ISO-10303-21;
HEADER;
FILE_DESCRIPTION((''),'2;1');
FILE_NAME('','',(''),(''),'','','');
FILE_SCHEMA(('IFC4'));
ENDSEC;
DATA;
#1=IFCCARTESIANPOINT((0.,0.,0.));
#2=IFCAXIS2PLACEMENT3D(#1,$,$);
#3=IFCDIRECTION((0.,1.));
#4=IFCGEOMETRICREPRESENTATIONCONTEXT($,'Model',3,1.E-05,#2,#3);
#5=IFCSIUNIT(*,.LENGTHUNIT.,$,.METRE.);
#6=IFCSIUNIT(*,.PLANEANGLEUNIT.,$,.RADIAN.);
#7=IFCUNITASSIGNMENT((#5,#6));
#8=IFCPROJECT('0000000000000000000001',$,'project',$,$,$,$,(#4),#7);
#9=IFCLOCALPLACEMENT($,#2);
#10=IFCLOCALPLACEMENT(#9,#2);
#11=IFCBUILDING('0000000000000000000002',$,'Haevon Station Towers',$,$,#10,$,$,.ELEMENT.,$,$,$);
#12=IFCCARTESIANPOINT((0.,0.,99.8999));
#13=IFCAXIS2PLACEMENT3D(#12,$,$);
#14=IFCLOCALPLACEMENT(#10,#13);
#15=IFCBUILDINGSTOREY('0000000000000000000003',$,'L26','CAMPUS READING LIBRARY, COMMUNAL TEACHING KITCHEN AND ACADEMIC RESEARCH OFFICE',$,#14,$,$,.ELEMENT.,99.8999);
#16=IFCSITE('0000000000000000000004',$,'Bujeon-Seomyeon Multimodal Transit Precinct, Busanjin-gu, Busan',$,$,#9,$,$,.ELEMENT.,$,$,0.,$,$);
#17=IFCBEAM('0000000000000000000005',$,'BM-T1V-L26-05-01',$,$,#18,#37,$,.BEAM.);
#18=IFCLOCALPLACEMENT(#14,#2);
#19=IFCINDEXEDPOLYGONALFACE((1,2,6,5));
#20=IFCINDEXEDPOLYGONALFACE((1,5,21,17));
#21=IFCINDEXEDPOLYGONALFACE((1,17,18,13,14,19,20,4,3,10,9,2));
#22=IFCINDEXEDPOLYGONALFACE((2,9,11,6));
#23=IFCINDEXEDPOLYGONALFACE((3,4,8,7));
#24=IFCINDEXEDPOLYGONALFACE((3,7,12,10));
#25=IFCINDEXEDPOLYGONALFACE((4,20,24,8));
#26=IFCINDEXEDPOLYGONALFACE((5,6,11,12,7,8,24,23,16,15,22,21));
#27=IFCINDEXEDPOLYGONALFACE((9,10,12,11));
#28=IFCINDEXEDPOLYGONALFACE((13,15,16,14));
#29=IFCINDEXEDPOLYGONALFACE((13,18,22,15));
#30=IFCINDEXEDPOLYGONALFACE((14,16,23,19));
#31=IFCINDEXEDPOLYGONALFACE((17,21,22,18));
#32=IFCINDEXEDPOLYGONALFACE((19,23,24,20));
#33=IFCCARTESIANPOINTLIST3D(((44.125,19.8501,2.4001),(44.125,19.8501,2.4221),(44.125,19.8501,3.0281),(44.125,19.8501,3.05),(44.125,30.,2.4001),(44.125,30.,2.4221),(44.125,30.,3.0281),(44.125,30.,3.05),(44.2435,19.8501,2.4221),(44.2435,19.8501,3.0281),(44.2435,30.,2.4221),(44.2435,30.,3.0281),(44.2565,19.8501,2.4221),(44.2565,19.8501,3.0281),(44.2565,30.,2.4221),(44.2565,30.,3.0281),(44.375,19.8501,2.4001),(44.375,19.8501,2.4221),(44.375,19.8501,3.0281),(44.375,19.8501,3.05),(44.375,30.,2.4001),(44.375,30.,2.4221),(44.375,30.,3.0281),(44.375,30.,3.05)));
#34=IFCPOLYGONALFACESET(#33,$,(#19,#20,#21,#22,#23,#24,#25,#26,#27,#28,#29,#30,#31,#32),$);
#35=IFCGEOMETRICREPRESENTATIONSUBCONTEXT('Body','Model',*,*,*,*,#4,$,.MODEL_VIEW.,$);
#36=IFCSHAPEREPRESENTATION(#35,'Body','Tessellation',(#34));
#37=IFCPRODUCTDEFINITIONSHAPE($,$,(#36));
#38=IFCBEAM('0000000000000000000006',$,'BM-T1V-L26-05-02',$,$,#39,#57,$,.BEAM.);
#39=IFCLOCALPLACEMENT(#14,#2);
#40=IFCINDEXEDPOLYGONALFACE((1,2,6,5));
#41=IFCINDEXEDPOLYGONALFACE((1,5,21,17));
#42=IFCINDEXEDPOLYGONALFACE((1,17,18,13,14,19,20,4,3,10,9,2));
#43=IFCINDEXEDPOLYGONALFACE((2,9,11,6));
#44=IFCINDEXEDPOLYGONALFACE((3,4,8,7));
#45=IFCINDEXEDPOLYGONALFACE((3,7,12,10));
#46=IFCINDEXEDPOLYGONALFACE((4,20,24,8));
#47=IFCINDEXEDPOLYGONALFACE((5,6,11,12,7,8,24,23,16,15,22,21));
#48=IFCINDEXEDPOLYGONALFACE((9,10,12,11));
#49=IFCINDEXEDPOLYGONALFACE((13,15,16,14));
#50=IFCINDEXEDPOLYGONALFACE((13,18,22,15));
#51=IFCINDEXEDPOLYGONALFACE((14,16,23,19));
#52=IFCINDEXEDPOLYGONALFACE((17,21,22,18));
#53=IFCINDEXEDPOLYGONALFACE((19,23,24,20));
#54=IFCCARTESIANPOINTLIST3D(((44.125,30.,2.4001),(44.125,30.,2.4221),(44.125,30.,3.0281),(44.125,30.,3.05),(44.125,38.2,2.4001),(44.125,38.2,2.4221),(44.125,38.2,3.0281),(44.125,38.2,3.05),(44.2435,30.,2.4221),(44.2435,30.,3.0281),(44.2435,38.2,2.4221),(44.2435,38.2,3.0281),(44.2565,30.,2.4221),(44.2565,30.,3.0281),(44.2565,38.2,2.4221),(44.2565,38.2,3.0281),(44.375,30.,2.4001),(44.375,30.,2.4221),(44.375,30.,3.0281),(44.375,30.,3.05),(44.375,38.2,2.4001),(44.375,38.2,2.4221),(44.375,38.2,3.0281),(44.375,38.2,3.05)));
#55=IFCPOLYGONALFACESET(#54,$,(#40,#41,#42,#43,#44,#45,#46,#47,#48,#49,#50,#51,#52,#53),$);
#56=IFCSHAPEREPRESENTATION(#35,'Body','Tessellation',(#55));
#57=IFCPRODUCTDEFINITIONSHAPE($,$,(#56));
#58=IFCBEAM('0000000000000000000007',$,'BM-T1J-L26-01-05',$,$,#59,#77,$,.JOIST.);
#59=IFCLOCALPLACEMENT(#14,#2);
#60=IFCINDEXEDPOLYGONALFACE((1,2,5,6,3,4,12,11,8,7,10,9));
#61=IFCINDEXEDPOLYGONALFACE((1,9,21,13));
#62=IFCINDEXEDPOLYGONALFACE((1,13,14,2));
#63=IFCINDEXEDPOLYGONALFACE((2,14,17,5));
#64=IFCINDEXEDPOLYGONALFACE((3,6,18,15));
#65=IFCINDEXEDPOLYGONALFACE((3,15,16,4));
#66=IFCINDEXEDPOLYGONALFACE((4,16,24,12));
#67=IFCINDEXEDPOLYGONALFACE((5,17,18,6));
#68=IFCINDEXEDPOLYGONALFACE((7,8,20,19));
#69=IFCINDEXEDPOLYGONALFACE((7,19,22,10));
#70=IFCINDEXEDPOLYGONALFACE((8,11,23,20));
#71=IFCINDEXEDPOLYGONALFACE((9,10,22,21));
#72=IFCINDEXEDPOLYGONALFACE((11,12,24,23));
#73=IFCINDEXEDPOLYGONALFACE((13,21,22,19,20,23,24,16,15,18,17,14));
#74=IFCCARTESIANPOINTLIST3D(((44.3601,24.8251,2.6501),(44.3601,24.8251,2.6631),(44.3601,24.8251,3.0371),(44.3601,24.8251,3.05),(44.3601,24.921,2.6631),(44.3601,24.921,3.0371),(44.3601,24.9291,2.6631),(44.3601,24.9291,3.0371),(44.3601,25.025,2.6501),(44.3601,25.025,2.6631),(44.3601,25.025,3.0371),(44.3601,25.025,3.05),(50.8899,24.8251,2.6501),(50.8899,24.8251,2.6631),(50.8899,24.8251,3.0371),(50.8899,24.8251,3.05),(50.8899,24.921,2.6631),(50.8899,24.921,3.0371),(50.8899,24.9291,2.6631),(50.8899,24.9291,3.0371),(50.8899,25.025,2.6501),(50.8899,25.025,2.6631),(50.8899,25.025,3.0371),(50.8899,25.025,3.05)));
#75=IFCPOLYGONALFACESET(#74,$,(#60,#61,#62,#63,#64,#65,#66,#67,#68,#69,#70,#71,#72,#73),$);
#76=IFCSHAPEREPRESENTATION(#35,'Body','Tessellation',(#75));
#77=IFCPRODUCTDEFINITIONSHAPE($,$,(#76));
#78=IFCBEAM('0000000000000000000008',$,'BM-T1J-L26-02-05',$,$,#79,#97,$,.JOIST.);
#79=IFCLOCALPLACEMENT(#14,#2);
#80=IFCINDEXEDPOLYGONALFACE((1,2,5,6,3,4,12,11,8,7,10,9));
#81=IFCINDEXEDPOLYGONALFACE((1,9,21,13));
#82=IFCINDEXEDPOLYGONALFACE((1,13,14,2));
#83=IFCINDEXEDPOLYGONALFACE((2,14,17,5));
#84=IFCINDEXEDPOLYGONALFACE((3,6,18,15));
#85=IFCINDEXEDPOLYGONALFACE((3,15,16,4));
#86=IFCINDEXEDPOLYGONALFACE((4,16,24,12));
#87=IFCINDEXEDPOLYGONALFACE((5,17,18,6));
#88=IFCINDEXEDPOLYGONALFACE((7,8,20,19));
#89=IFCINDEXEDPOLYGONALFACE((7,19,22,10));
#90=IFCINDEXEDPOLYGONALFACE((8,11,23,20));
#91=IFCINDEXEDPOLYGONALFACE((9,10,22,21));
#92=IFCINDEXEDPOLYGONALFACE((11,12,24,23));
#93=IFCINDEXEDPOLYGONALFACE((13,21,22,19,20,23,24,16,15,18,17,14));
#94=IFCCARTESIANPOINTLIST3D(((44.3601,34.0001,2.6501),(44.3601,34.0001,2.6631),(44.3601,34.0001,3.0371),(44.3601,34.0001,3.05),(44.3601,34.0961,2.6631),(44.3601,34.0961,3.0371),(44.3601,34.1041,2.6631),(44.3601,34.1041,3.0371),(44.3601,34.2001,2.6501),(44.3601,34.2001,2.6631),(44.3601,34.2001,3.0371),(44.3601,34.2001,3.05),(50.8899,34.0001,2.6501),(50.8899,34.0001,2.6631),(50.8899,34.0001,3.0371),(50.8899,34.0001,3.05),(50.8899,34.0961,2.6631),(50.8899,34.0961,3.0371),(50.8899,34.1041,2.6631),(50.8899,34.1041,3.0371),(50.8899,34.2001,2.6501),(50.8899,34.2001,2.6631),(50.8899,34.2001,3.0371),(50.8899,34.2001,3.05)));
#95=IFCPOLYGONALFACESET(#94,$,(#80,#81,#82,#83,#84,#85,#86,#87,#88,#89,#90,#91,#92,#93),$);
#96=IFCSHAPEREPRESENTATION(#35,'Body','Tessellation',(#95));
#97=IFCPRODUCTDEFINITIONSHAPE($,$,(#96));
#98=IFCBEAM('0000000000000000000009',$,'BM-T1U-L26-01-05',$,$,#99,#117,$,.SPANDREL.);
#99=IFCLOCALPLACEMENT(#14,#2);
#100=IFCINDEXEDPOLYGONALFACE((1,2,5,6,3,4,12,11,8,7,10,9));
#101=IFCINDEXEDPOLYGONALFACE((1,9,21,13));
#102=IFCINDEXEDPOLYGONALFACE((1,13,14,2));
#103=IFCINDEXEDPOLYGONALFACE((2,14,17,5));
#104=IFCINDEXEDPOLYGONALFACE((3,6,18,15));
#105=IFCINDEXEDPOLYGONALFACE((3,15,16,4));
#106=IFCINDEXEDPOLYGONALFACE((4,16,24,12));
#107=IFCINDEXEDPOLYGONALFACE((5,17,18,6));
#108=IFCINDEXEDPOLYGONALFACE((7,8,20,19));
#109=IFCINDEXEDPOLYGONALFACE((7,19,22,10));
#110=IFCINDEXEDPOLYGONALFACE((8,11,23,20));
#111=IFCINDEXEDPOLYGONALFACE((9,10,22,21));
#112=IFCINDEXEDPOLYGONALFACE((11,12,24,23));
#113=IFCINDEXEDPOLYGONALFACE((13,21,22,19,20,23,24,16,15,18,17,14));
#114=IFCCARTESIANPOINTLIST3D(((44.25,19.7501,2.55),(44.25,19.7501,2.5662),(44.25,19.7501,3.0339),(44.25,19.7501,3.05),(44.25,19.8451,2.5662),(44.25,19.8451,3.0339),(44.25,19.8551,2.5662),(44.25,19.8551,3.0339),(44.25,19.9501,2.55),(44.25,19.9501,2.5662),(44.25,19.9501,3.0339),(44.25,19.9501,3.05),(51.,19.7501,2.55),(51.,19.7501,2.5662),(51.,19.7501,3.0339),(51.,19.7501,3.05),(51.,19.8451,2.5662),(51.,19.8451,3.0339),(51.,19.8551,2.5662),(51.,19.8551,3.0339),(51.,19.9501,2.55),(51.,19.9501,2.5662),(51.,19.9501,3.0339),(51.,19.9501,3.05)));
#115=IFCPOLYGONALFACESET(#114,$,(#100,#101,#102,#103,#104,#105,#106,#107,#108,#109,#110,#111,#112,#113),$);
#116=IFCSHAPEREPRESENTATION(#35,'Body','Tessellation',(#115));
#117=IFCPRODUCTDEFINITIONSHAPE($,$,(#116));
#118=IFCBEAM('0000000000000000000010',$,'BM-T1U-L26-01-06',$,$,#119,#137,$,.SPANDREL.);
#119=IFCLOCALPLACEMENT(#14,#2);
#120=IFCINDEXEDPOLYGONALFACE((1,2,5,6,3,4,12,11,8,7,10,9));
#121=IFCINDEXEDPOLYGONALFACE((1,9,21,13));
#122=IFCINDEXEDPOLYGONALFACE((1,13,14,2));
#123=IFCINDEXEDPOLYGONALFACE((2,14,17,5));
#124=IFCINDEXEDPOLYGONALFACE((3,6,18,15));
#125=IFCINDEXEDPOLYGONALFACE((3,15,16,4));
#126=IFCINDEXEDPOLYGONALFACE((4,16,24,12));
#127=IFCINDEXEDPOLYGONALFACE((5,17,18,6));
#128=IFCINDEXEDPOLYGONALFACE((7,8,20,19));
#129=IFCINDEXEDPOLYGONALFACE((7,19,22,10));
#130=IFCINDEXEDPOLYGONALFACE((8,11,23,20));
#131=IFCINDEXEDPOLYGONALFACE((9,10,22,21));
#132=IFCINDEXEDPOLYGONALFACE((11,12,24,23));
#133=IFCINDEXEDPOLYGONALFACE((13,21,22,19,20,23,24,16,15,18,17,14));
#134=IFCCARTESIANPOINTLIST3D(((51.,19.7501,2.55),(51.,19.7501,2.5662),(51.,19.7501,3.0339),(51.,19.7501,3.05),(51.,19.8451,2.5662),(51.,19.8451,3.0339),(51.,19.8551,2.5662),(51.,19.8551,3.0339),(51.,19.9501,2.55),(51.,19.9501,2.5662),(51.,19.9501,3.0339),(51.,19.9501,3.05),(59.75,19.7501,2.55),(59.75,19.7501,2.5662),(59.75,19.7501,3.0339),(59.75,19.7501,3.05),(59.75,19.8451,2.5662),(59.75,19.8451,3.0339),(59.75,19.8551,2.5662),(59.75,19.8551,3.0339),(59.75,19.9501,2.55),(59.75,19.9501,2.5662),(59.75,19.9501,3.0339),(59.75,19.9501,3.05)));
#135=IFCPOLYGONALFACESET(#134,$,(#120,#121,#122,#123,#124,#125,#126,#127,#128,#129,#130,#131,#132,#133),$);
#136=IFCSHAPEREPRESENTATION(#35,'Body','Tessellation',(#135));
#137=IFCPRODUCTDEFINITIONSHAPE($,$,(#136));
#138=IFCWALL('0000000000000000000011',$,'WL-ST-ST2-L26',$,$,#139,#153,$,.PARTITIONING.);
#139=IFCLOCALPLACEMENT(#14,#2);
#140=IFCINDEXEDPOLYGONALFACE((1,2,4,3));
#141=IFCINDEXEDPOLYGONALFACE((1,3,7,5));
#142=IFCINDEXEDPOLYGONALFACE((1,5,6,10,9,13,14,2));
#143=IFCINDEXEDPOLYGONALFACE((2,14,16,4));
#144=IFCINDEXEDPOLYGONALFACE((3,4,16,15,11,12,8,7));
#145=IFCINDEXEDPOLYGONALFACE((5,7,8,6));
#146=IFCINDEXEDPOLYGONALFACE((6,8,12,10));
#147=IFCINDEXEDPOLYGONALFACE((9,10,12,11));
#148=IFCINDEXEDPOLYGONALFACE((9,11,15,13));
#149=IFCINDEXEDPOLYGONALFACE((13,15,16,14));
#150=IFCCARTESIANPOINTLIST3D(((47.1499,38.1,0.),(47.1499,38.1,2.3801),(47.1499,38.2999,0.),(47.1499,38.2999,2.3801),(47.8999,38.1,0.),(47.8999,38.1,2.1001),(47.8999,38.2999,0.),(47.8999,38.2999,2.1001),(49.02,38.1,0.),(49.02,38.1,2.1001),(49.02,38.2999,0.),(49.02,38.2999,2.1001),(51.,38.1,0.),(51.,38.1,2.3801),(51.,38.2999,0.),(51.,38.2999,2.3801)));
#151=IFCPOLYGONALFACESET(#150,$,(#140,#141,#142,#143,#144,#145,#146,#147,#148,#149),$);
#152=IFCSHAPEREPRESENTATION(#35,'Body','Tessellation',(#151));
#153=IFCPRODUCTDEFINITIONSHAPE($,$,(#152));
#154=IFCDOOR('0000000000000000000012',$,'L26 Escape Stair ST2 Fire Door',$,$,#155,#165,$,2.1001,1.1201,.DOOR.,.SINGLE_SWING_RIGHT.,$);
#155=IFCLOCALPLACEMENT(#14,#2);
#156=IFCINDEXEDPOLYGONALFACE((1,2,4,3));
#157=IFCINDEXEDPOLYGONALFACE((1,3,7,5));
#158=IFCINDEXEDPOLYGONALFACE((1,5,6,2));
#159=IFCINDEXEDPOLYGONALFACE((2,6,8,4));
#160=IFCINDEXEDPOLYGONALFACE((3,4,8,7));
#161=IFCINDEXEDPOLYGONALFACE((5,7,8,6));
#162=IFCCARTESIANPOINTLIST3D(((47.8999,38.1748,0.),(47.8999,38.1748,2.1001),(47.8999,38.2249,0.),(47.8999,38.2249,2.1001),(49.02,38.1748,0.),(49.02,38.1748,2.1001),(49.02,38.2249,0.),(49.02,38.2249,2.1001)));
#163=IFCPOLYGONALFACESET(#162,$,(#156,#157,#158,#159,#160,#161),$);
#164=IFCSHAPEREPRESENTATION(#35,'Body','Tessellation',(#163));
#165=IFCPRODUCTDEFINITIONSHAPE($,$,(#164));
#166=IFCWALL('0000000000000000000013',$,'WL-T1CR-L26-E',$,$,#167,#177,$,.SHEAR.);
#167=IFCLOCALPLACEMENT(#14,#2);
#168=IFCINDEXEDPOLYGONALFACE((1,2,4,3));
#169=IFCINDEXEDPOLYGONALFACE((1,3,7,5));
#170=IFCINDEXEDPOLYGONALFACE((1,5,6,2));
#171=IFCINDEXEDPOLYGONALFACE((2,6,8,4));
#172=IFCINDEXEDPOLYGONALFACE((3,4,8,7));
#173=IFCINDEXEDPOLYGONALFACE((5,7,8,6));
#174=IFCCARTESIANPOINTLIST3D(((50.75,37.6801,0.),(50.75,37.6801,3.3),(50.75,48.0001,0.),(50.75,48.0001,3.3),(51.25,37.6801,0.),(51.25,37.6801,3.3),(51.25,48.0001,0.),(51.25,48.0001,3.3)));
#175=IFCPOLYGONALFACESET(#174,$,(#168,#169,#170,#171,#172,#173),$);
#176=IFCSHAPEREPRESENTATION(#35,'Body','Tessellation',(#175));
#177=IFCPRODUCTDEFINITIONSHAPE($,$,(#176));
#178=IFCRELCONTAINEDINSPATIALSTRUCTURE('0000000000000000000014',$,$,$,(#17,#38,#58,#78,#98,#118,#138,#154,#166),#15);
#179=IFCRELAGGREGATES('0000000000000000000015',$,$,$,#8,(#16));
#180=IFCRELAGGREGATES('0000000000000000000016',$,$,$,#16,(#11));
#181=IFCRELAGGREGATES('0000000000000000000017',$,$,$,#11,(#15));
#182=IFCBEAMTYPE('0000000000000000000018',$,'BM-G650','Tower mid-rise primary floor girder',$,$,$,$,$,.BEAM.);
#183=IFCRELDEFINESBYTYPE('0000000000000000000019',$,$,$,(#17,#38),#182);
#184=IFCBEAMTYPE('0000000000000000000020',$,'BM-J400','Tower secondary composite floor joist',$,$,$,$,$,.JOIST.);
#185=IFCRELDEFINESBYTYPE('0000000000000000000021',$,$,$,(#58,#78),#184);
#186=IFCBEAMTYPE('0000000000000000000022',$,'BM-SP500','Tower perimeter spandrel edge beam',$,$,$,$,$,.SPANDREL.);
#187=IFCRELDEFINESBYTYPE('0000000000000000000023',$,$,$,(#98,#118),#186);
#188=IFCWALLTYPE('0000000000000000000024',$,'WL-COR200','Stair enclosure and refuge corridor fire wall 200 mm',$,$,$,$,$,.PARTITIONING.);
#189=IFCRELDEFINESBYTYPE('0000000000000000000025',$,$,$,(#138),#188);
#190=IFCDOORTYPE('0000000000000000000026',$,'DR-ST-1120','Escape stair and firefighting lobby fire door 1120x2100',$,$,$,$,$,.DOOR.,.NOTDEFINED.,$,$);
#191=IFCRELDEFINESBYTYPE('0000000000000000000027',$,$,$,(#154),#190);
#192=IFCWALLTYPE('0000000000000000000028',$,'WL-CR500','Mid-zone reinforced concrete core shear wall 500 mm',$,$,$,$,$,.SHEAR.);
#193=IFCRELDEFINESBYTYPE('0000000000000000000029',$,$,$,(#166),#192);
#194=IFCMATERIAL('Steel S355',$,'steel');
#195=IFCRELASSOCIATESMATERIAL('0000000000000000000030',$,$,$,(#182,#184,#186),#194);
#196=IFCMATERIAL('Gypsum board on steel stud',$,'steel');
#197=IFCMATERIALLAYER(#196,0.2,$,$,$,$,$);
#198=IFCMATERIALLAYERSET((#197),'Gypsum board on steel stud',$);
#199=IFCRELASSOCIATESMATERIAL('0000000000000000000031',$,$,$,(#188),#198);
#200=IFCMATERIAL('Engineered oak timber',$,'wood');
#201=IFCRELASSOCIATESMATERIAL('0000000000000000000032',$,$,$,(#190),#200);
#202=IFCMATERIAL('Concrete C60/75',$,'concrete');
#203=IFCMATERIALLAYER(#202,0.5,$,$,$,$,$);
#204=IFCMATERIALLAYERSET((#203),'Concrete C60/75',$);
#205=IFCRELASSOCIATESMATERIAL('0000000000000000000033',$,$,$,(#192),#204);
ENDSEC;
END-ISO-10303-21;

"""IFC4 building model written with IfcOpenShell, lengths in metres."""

from ifc_helpers import new_model, si_unit, direction, frame, frame_2d, origin, origin_2d, place, context, subcontext, project, spatial, rectangle, i_section, extrude, material, layer, layer_set, material_profile, profile_set, type_object, element, fill, save


model = new_model("IFC4")

# Units and contexts
model_context = context("Model", 3, precision=1e-05, world=origin(), true_north=direction((0.0, 1.0)))
body_context = subcontext(model_context, "Body", "Model", "MODEL_VIEW")
ifc_project = project(units=[si_unit("LENGTHUNIT", "METRE"), si_unit("PLANEANGLEUNIT", "RADIAN")], contexts=[model_context])

# Site, building, storey
site_placement = place(None, origin())
site = spatial("IfcSite", under=ifc_project, at=site_placement, Name="Bujeon-Seomyeon Multimodal Transit Precinct, Busanjin-gu, Busan", CompositionType="ELEMENT", RefElevation=0.0)
building_placement = place(site_placement, origin())
building = spatial("IfcBuilding", under=site, at=building_placement, Name="Haevon Station Towers", CompositionType="ELEMENT")
storey_placement = place(building_placement, frame((0.0, 0.0, 99.8999)))
storey = spatial("IfcBuildingStorey", under=building, at=storey_placement, Name="L26", Description="CAMPUS READING LIBRARY, COMMUNAL TEACHING KITCHEN AND ACADEMIC RESEARCH OFFICE", CompositionType="ELEMENT", Elevation=99.8999)

# Beams
ifc_material_1 = material(Name="Steel S355", Category="steel")
ifc_material_profile_1 = material_profile(ifc_material_1, i_section(OverallWidth=0.25, OverallDepth=0.6499, WebThickness=0.0129, FlangeThickness=0.022, at=origin_2d()), Name="H-650x250x13x22")
ifc_profile_set_1 = profile_set([ifc_material_profile_1], Name="Steel S355")
beam_type_1 = type_object("IfcBeamType", Name="BM-G650", Description="Tower mid-rise primary floor girder", PredefinedType="BEAM", material=ifc_profile_set_1)
beam_1_placement = place(storey_placement, frame((44.25, 19.8501, 2.7251), z_axis=(0.0, 1.0, 0.0), x_axis=(-1.0, 0.0, 0.0)))
element("IfcBeam", 1, at=beam_1_placement, inside=storey, type_object=beam_type_1, Name="BM-T1V-L26-05-01", PredefinedType="BEAM", context=body_context, shape_type="SweptSolid", body=[
    extrude(i_section(OverallWidth=0.25, OverallDepth=0.6499, WebThickness=0.0129, FlangeThickness=0.022, at=origin_2d()), origin(), (0.0, 0.0, 1.0), 10.1499),
])
beam_2_placement = place(storey_placement, frame((44.25, 30.0, 2.7251), z_axis=(0.0, 1.0, 0.0), x_axis=(-1.0, 0.0, 0.0)))
element("IfcBeam", 2, at=beam_2_placement, inside=storey, type_object=beam_type_1, Name="BM-T1V-L26-05-02", PredefinedType="BEAM", context=body_context, shape_type="SweptSolid", body=[
    extrude(i_section(OverallWidth=0.25, OverallDepth=0.6499, WebThickness=0.0129, FlangeThickness=0.022, at=origin_2d()), origin(), (0.0, 0.0, 1.0), 8.2),
])
ifc_material_profile_2 = material_profile(ifc_material_1, i_section(OverallWidth=0.2, OverallDepth=0.3999, WebThickness=0.0081, FlangeThickness=0.0129, at=origin_2d()), Name="H-400x200x8x13")
ifc_profile_set_2 = profile_set([ifc_material_profile_2], Name="Steel S355")
beam_type_2 = type_object("IfcBeamType", Name="BM-J400", Description="Tower secondary composite floor joist", PredefinedType="JOIST", material=ifc_profile_set_2)
for number, where, z_axis, x_axis, name in (
    (3, (44.3601, 24.925, 2.8501), (1.0, 0.0, 0.0), (0.0, 1.0, 0.0), "BM-T1J-L26-01-05"),
    (4, (44.3601, 34.1001, 2.8501), (1.0, 0.0, 0.0), (0.0, 1.0, 0.0), "BM-T1J-L26-02-05"),
):
    element("IfcBeam", number, at=place(storey_placement, frame(where, z_axis=z_axis, x_axis=x_axis)), inside=storey, type_object=beam_type_2, Name=name, PredefinedType="JOIST", context=body_context, shape_type="SweptSolid", body=[
        extrude(i_section(OverallWidth=0.2, OverallDepth=0.3999, WebThickness=0.0081, FlangeThickness=0.0129, at=origin_2d()), origin(), (0.0, 0.0, 1.0), 6.5298),
    ])
ifc_material_profile_3 = material_profile(ifc_material_1, i_section(OverallWidth=0.2, OverallDepth=0.5, WebThickness=0.01, FlangeThickness=0.0161, at=origin_2d()), Name="H-500x200x10x16")
ifc_profile_set_3 = profile_set([ifc_material_profile_3], Name="Steel S355")
beam_type_3 = type_object("IfcBeamType", Name="BM-SP500", Description="Tower perimeter spandrel edge beam", PredefinedType="SPANDREL", material=ifc_profile_set_3)
beam_3_placement = place(storey_placement, frame((44.25, 19.8501, 2.8), z_axis=(1.0, 0.0, 0.0), x_axis=(0.0, 1.0, 0.0)))
element("IfcBeam", 5, at=beam_3_placement, inside=storey, type_object=beam_type_3, Name="BM-T1U-L26-01-05", PredefinedType="SPANDREL", context=body_context, shape_type="SweptSolid", body=[
    extrude(i_section(OverallWidth=0.2, OverallDepth=0.5, WebThickness=0.01, FlangeThickness=0.0161, at=origin_2d()), origin(), (0.0, 0.0, 1.0), 6.75),
])
beam_4_placement = place(storey_placement, frame((51.0, 19.8501, 2.8), z_axis=(1.0, 0.0, 0.0), x_axis=(0.0, 1.0, 0.0)))
element("IfcBeam", 6, at=beam_4_placement, inside=storey, type_object=beam_type_3, Name="BM-T1U-L26-01-06", PredefinedType="SPANDREL", context=body_context, shape_type="SweptSolid", body=[
    extrude(i_section(OverallWidth=0.2, OverallDepth=0.5, WebThickness=0.01, FlangeThickness=0.0161, at=origin_2d()), origin(), (0.0, 0.0, 1.0), 8.75),
])

# Wall, opening, door
ifc_material_2 = material(Name="Gypsum board on steel stud", Category="steel")
ifc_layer_1 = layer(ifc_material_2, 0.2)
ifc_layer_set_1 = layer_set([ifc_layer_1], Name="Gypsum board on steel stud")
wall_type_1 = type_object("IfcWallType", Name="WL-COR200", Description="Stair enclosure and refuge corridor fire wall 200 mm", PredefinedType="PARTITIONING", material=ifc_layer_set_1)
wall_1_placement = place(storey_placement, frame((47.1499, 38.2, 0.0), z_axis=(0.0, 0.0, 1.0), x_axis=(1.0, 0.0, 0.0)))
wall_1 = element("IfcWall", 7, at=wall_1_placement, inside=storey, type_object=wall_type_1, Name="WL-ST-ST2-L26", PredefinedType="PARTITIONING", context=body_context, shape_type="SweptSolid", body=[
    extrude(rectangle(XDim=3.8501, YDim=0.2, at=frame_2d((1.925, 0.0))), origin(), (0.0, 0.0, 1.0), 2.3801),
])
opening_placement = place(wall_1_placement, frame((0.75, 0.0, 0.0)))
opening = element("IfcOpeningElement", 8, at=opening_placement, cuts=wall_1, PredefinedType="OPENING", context=body_context, shape_type="SweptSolid", body=[
    extrude(rectangle(XDim=1.1201, YDim=2.1001, at=frame_2d((0.5601, 1.05))), frame((0.0, 0.1099, 0.0), z_axis=(0.0, -1.0, 0.0), x_axis=(1.0, 0.0, 0.0)), (0.0, 0.0, 1.0), 0.22),
])
ifc_material_3 = material(Name="Engineered oak timber", Category="wood")
door_type = type_object("IfcDoorType", Name="DR-ST-1120", Description="Escape stair and firefighting lobby fire door 1120x2100", OperationType="NOTDEFINED", PredefinedType="DOOR", material=ifc_material_3)
door_placement = place(opening_placement, origin())
door = element("IfcDoor", 9, at=door_placement, inside=storey, type_object=door_type, Name="L26 Escape Stair ST2 Fire Door", OperationType="SINGLE_SWING_RIGHT", OverallHeight=2.1001, OverallWidth=1.1201, PredefinedType="DOOR", context=body_context, shape_type="SweptSolid", body=[
    extrude(rectangle(XDim=1.1201, YDim=2.1001, at=frame_2d((0.5601, 1.05))), frame((0.0, 0.0249, 0.0), z_axis=(0.0, -1.0, 0.0), x_axis=(1.0, 0.0, 0.0)), (0.0, 0.0, 1.0), 0.05),
])
fill(opening, door)

# Wall
ifc_material_4 = material(Name="Concrete C60/75", Category="concrete")
ifc_layer_2 = layer(ifc_material_4, 0.5)
ifc_layer_set_2 = layer_set([ifc_layer_2], Name="Concrete C60/75")
wall_type_2 = type_object("IfcWallType", Name="WL-CR500", Description="Mid-zone reinforced concrete core shear wall 500 mm", PredefinedType="SHEAR", material=ifc_layer_set_2)
wall_2_placement = place(storey_placement, frame((51.0, 37.6799, 0.0), z_axis=(0.0, 0.0, 1.0), x_axis=(0.0, 1.0, 0.0)))
element("IfcWall", 10, at=wall_2_placement, inside=storey, type_object=wall_type_2, Name="WL-T1CR-L26-E", PredefinedType="SHEAR", context=body_context, shape_type="SweptSolid", body=[
    extrude(rectangle(XDim=10.3201, YDim=0.5, at=frame_2d((5.1602, 0.0))), origin(), (0.0, 0.0, 1.0), 3.3),
])

save(model, "model.ifc")
